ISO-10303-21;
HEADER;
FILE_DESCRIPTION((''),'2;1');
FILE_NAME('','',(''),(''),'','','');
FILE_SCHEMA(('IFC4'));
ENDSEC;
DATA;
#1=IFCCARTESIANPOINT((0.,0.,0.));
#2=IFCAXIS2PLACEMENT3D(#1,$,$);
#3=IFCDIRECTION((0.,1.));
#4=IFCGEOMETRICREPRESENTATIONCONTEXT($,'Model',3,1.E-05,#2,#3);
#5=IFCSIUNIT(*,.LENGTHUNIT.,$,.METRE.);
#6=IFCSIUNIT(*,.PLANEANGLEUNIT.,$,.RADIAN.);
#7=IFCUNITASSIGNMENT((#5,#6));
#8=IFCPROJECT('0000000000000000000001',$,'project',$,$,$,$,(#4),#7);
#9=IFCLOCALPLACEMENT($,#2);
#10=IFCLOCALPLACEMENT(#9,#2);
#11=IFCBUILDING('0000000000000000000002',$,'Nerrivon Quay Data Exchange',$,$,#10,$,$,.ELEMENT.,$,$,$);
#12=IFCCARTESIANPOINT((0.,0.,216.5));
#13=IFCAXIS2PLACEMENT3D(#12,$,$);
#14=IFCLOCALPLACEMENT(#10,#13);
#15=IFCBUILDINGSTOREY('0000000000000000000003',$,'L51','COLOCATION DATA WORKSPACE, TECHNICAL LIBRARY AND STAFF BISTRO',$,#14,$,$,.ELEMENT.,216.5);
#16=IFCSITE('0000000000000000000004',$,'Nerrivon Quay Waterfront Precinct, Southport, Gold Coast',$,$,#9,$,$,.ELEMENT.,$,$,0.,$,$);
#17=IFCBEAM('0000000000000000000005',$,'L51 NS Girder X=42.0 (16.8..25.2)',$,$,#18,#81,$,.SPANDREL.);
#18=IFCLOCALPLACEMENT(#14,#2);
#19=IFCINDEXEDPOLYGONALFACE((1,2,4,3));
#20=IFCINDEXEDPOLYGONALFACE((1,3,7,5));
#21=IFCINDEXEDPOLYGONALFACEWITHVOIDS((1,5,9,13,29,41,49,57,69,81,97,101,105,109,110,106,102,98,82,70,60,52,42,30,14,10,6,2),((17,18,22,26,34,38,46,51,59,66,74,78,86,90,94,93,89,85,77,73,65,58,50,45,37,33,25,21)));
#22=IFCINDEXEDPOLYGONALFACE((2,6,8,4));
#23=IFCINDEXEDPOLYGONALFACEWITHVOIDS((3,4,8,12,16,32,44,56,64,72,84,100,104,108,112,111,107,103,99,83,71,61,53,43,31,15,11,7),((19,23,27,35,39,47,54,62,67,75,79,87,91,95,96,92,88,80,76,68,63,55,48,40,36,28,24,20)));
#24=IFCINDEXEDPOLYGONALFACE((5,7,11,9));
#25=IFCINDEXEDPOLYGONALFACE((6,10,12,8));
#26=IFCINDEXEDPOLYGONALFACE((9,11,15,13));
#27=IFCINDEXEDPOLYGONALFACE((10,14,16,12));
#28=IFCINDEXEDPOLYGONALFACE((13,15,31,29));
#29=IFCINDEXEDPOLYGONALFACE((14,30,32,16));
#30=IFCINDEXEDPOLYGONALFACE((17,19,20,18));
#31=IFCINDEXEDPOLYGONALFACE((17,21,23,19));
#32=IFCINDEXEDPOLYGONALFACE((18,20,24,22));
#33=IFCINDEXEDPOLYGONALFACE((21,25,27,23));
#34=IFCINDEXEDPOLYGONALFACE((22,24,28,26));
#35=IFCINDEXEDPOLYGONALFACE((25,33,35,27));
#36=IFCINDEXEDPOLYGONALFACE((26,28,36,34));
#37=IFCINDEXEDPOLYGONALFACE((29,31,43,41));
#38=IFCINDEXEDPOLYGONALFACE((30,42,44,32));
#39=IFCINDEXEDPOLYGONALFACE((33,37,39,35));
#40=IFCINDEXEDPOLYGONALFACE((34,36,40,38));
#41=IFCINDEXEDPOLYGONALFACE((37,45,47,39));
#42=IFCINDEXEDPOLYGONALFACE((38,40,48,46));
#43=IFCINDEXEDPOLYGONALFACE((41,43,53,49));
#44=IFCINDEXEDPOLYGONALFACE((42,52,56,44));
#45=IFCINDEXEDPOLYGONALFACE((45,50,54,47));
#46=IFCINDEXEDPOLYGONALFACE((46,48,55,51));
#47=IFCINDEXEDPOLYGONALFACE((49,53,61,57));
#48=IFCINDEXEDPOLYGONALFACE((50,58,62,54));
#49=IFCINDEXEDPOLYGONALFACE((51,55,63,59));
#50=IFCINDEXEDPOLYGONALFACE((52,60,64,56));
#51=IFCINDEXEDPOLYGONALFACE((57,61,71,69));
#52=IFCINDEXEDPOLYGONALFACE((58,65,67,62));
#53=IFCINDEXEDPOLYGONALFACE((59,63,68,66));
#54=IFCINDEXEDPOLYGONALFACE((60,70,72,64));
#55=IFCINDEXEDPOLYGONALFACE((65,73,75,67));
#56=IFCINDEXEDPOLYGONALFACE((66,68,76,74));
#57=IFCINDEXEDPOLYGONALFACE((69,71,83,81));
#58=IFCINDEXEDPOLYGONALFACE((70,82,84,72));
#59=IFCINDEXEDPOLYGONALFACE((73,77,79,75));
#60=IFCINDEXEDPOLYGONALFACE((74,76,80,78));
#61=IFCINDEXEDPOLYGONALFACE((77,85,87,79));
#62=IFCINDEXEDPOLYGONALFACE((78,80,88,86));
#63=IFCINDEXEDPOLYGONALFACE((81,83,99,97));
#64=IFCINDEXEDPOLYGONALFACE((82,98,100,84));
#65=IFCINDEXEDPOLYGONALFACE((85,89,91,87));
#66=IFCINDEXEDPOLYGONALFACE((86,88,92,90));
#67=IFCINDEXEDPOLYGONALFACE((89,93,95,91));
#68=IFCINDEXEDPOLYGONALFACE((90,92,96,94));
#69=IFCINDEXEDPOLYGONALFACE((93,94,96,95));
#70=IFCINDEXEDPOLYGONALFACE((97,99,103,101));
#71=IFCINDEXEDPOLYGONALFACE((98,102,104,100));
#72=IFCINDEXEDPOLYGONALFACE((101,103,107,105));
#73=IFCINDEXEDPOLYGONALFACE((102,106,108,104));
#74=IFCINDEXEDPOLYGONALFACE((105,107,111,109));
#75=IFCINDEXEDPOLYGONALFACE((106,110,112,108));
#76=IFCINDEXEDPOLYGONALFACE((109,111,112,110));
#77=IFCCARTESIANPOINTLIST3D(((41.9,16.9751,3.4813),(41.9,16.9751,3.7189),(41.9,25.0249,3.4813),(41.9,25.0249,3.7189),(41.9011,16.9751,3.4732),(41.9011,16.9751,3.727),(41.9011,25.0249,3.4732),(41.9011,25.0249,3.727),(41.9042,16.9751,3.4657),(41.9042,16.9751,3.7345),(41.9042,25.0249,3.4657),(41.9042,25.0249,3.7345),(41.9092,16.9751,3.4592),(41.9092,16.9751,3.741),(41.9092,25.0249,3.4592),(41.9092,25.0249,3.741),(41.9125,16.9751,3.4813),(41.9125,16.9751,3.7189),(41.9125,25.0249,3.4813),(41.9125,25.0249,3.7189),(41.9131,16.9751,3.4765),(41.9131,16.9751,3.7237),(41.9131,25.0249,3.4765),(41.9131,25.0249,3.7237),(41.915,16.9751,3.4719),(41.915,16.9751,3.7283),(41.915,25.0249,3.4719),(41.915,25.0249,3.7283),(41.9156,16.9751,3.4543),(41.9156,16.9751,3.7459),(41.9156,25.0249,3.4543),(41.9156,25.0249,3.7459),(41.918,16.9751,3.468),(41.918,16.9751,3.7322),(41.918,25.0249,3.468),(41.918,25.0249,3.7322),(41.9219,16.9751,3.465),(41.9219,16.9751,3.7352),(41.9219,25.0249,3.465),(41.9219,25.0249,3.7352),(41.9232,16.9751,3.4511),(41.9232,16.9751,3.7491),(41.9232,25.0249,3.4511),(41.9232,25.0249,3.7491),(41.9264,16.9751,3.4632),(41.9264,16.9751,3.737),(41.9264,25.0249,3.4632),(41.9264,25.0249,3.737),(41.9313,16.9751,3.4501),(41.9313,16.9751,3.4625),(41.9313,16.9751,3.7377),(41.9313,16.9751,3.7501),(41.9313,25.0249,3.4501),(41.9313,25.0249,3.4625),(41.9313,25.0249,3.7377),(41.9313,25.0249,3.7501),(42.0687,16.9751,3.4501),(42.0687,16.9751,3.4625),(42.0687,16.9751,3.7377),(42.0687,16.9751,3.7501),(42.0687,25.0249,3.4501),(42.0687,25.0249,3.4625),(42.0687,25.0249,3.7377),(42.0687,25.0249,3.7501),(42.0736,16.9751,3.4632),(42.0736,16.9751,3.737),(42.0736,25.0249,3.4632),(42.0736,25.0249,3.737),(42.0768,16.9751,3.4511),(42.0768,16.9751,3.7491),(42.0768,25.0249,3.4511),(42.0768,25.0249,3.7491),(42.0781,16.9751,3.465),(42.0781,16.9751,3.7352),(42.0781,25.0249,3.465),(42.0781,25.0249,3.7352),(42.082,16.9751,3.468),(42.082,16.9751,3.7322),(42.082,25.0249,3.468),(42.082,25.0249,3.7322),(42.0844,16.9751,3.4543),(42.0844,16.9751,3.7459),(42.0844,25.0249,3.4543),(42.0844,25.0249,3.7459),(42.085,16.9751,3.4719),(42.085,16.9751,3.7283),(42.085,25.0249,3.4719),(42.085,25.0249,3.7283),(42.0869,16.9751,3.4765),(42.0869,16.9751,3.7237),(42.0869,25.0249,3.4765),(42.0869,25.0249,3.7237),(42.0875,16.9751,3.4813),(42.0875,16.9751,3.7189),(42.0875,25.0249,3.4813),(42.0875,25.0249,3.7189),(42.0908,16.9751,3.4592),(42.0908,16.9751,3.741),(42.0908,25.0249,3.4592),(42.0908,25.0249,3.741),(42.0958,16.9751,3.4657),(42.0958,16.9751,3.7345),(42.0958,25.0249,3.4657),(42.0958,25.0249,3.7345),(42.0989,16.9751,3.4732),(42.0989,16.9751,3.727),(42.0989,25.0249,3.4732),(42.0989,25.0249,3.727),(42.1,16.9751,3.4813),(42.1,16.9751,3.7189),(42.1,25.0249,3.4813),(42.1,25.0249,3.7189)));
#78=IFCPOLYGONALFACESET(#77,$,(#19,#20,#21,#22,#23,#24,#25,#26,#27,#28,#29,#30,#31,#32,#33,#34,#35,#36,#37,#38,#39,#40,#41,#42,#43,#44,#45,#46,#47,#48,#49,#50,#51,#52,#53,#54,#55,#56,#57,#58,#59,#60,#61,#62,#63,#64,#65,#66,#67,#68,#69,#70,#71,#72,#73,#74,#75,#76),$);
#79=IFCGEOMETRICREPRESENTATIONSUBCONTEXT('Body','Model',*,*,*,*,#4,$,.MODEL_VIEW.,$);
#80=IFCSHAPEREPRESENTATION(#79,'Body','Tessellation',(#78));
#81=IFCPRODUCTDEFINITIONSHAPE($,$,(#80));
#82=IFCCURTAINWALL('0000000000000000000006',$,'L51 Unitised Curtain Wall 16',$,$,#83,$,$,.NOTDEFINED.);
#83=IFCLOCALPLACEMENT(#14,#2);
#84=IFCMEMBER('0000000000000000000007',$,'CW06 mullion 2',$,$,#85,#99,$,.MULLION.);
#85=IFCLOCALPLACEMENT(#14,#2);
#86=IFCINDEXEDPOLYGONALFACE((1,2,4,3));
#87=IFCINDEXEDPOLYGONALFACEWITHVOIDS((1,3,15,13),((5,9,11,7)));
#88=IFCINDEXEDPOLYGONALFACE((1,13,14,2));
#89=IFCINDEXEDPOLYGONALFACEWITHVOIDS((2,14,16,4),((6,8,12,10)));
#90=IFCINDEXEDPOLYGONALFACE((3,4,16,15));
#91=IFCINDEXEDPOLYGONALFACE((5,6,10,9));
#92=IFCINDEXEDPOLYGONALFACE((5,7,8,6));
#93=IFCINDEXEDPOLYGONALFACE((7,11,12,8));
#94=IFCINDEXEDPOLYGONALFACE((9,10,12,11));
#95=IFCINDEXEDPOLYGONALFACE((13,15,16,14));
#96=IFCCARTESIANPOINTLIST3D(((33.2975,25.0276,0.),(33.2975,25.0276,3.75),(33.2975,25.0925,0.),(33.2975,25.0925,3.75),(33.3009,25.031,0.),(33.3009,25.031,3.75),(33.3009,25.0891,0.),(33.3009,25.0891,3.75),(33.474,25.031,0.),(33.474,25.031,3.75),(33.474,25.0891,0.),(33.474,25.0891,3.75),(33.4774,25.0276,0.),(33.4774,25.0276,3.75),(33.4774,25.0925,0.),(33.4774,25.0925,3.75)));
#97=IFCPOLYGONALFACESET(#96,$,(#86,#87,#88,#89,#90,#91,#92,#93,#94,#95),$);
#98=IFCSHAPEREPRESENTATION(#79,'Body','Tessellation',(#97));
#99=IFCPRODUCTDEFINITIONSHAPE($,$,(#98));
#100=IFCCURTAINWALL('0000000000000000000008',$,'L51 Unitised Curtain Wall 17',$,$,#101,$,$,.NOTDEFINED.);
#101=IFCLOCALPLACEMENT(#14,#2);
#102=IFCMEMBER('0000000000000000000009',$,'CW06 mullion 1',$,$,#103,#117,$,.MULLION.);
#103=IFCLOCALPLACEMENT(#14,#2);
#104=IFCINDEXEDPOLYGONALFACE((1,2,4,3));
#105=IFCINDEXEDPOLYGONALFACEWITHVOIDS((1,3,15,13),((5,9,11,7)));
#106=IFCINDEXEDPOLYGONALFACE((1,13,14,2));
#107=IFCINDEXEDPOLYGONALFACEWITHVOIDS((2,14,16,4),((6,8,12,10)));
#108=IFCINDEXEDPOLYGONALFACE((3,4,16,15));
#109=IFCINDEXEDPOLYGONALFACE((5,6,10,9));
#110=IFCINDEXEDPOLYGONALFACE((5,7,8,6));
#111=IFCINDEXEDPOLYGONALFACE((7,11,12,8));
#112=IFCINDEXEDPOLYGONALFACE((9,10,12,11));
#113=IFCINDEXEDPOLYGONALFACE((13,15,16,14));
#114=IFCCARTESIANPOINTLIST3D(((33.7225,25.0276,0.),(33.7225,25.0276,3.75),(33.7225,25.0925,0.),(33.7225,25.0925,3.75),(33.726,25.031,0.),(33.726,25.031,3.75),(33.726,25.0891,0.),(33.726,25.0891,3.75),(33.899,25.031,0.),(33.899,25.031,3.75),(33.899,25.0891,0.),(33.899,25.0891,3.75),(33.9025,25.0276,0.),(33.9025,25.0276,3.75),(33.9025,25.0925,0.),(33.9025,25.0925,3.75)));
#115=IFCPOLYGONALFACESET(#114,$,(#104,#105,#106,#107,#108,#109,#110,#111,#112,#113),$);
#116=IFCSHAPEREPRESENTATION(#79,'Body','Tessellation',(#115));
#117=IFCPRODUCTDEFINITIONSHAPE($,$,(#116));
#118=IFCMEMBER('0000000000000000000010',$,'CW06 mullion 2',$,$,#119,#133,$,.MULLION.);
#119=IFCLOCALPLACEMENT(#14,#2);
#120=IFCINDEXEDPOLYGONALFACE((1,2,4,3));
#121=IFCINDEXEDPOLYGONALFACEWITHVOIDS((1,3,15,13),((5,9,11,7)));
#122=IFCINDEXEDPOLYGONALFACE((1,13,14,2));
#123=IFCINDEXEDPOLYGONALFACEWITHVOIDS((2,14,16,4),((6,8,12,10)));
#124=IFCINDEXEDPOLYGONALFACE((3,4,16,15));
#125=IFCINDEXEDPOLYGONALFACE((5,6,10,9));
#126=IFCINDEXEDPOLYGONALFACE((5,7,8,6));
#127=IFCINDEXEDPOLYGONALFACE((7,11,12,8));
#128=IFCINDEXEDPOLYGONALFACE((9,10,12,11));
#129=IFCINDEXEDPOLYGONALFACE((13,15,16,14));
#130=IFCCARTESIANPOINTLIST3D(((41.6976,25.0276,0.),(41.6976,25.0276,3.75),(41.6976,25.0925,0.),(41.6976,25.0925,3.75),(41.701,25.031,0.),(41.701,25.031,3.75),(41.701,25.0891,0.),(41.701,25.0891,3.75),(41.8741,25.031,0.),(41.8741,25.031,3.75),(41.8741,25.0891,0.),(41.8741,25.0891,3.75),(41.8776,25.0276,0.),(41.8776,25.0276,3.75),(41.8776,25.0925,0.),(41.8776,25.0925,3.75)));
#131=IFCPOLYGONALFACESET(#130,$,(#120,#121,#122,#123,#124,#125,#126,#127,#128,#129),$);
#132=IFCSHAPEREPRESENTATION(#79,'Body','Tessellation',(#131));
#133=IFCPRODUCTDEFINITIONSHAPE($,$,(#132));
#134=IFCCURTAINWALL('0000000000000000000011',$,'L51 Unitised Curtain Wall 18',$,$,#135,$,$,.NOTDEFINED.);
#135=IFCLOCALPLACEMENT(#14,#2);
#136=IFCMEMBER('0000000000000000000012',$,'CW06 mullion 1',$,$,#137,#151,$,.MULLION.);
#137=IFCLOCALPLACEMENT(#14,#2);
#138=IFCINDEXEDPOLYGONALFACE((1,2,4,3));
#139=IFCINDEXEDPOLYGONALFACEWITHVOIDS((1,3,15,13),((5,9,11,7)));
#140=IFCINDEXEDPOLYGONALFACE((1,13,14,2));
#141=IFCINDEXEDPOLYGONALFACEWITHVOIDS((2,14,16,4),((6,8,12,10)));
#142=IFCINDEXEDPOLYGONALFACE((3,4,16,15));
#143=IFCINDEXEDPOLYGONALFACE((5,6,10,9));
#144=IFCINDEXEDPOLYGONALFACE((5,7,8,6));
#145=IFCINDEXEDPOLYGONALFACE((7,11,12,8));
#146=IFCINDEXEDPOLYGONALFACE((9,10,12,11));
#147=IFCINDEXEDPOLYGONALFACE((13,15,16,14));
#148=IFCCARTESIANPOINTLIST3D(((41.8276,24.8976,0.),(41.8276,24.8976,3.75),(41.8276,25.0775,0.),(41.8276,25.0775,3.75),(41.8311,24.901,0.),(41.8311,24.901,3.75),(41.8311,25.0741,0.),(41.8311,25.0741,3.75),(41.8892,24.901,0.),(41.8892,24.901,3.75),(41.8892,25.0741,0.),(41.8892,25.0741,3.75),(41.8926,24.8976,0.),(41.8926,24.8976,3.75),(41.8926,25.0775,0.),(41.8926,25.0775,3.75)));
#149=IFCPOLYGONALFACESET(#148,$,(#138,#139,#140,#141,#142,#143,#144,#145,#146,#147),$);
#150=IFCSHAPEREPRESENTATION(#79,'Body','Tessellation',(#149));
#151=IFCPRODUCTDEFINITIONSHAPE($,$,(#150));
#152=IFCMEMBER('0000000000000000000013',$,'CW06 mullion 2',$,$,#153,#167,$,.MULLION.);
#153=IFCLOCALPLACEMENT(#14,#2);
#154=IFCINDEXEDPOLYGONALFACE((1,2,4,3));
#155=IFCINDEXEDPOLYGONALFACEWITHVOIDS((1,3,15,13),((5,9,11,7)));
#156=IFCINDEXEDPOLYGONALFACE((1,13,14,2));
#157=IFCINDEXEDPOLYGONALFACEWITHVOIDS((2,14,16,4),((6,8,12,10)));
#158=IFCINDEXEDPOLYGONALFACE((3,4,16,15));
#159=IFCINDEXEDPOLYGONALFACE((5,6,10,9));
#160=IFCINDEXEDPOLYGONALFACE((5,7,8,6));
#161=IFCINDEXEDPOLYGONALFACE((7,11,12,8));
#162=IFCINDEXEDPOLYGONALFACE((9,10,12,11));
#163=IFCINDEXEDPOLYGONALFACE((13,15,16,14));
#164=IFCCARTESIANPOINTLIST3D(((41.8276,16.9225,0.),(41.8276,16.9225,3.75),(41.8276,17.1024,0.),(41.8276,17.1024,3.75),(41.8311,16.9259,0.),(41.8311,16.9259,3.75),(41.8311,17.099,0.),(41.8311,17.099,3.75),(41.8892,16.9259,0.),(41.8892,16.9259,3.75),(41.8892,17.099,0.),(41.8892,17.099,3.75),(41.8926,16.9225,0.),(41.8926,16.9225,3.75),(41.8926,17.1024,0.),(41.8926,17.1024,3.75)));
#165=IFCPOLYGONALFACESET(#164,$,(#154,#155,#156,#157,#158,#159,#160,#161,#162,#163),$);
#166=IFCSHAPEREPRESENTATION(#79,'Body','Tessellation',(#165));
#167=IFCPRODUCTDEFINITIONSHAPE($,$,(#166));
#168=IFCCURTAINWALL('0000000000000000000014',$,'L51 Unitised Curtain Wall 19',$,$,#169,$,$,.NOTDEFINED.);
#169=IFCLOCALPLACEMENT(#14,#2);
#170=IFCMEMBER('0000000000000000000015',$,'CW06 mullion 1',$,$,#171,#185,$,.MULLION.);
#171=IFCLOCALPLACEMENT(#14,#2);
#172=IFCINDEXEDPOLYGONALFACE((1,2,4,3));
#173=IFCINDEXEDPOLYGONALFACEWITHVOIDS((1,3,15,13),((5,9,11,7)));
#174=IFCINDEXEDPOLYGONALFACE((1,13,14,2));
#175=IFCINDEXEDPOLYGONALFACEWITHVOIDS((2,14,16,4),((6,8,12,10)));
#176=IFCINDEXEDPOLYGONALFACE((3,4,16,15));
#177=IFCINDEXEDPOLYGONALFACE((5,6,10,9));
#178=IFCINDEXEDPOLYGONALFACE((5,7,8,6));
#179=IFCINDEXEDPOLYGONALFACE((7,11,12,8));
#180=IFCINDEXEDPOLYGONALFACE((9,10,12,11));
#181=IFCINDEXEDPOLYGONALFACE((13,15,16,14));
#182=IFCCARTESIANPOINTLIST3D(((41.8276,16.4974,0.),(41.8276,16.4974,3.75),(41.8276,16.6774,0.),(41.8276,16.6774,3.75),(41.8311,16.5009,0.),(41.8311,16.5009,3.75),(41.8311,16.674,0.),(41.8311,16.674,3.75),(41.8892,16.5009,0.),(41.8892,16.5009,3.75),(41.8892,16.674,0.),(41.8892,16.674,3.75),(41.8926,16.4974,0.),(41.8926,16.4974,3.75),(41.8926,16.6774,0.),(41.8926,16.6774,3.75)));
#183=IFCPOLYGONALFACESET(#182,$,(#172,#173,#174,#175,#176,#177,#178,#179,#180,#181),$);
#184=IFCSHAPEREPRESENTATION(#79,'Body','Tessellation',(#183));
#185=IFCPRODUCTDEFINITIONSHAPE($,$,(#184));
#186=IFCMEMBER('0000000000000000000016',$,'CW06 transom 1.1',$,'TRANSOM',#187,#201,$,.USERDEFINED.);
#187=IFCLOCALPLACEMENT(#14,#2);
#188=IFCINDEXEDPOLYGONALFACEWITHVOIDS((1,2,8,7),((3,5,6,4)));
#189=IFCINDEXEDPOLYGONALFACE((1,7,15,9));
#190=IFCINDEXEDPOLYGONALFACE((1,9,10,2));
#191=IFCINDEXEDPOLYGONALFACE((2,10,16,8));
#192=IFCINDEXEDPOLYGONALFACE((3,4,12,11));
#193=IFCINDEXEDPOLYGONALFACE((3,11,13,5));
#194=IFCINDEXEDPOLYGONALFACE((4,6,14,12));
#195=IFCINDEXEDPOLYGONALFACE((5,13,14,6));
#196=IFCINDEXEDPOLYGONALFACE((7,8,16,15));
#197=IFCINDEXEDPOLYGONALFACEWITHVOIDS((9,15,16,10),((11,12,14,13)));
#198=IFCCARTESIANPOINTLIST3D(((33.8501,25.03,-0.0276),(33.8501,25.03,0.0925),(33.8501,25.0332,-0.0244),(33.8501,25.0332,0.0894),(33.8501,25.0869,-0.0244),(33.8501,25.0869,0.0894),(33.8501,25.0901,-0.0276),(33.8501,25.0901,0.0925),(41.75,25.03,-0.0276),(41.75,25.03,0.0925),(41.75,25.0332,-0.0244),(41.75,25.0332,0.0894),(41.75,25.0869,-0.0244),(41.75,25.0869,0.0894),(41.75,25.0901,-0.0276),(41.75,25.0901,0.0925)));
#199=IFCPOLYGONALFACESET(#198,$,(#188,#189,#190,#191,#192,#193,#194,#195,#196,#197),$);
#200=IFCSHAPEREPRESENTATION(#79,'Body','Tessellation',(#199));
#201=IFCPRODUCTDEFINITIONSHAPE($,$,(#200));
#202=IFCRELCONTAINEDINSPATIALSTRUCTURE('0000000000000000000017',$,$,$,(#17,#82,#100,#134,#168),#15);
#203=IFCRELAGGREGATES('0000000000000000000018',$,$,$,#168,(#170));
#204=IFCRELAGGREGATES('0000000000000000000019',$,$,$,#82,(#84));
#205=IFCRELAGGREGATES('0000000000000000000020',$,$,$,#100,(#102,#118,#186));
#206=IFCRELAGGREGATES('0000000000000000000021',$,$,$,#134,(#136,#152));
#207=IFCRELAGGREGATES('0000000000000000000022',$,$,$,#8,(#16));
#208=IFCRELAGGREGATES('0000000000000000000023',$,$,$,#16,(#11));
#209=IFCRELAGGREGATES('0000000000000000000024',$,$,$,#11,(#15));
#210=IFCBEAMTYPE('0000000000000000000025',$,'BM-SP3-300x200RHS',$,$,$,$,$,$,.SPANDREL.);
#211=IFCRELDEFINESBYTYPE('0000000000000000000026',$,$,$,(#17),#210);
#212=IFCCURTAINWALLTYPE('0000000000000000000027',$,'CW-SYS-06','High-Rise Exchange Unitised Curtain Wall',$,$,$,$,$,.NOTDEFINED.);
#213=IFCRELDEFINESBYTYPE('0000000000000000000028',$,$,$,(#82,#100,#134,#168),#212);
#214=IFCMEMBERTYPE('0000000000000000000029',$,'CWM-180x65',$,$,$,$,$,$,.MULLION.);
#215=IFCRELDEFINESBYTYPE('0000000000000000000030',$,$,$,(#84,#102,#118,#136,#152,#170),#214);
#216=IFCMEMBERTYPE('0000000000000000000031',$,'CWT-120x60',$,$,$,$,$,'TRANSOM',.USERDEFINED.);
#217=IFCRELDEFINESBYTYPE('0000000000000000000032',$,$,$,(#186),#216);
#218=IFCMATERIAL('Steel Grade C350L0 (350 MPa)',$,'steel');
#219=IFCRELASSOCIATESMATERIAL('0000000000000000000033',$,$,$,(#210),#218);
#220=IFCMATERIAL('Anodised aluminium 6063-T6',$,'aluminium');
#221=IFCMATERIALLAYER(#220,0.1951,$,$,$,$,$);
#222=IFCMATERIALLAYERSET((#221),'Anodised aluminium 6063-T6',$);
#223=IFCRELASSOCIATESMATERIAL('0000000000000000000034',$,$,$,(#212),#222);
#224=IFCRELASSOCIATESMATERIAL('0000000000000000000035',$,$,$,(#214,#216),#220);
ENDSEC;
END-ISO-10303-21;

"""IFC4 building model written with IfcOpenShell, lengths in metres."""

from ifc_helpers import new_model, si_unit, direction, frame, origin, origin_2d, place, context, subcontext, project, spatial, hollow_rectangle, extrude, material, layer, layer_set, material_profile, profile_set, type_object, element, aggregate, save


model = new_model("IFC4")

# Units and contexts
model_context = context("Model", 3, precision=1e-05, world=origin(), true_north=direction((0.0, 1.0)))
body_context = subcontext(model_context, "Body", "Model", "MODEL_VIEW")
ifc_project = project(units=[si_unit("LENGTHUNIT", "METRE"), si_unit("PLANEANGLEUNIT", "RADIAN")], contexts=[model_context])

# Site, building, storey
site_placement = place(None, origin())
site = spatial("IfcSite", under=ifc_project, at=site_placement, Name="Nerrivon Quay Waterfront Precinct, Southport, Gold Coast", CompositionType="ELEMENT", RefElevation=0.0)
building_placement = place(site_placement, origin())
building = spatial("IfcBuilding", under=site, at=building_placement, Name="Nerrivon Quay Data Exchange", CompositionType="ELEMENT")
storey_placement = place(building_placement, frame((0.0, 0.0, 216.5)))
storey = spatial("IfcBuildingStorey", under=building, at=storey_placement, Name="L51", Description="COLOCATION DATA WORKSPACE, TECHNICAL LIBRARY AND STAFF BISTRO", CompositionType="ELEMENT", Elevation=216.5)

# Beam
ifc_material_1 = material(Name="Steel Grade C350L0 (350 MPa)", Category="steel")
ifc_material_profile_1 = material_profile(ifc_material_1, hollow_rectangle(XDim=0.2, YDim=0.3, WallThickness=0.0125, InnerFilletRadius=0.0188, OuterFilletRadius=0.0312, at=origin_2d()), Name="300x200x12.5RHS")
ifc_profile_set_1 = profile_set([ifc_material_profile_1], Name="Steel Grade C350L0 (350 MPa)")
beam_type_1 = type_object("IfcBeamType", Name="BM-SP3-300x200RHS", PredefinedType="SPANDREL", material=ifc_profile_set_1)
beam_1_placement = place(storey_placement, frame((42.0, 16.9751, 3.6001), z_axis=(0.0, 1.0, 0.0), x_axis=(-1.0, 0.0, 0.0)))
element("IfcBeam", 1, at=beam_1_placement, inside=storey, type_object=beam_type_1, Name="L51 NS Girder X=42.0 (16.8..25.2)", PredefinedType="SPANDREL", context=body_context, shape_type="SweptSolid", body=[
    extrude(hollow_rectangle(XDim=0.2, YDim=0.3, WallThickness=0.0125, InnerFilletRadius=0.0188, OuterFilletRadius=0.0312, at=origin_2d()), origin(), (0.0, 0.0, 1.0), 8.0498),
])

# Curtain wall, member
ifc_material_2 = material(Name="Anodised aluminium 6063-T6", Category="aluminium")
ifc_layer_1 = layer(ifc_material_2, 0.1951)
ifc_layer_set_1 = layer_set([ifc_layer_1], Name="Anodised aluminium 6063-T6")
curtain_wall_type = type_object("IfcCurtainWallType", Name="CW-SYS-06", Description="High-Rise Exchange Unitised Curtain Wall", PredefinedType="NOTDEFINED", material=ifc_layer_set_1)
curtain_wall_1_placement = place(storey_placement, origin())
curtain_wall_1 = element("IfcCurtainWall", 2, at=curtain_wall_1_placement, inside=storey, type_object=curtain_wall_type, Name="L51 Unitised Curtain Wall 16", PredefinedType="NOTDEFINED")
ifc_material_profile_2 = material_profile(ifc_material_2, hollow_rectangle(XDim=0.0649, YDim=0.1799, WallThickness=0.0034, at=origin_2d()), Name="ALU-MULL-180x65")
ifc_profile_set_2 = profile_set([ifc_material_profile_2], Name="Anodised aluminium 6063-T6")
member_type_1 = type_object("IfcMemberType", Name="CWM-180x65", PredefinedType="MULLION", material=ifc_profile_set_2)
member_1_placement = place(storey_placement, frame((33.3875, 25.0601, 0.0), z_axis=(0.0, 0.0, 1.0), x_axis=(0.0, 1.0, 0.0)))
member_1 = element("IfcMember", 3, at=member_1_placement, type_object=member_type_1, Name="CW06 mullion 2", PredefinedType="MULLION", context=body_context, shape_type="SweptSolid", body=[
    extrude(hollow_rectangle(XDim=0.0649, YDim=0.1799, WallThickness=0.0034, at=origin_2d()), origin(), (0.0, 0.0, 1.0), 3.75),
])

# Curtain walls, members
curtain_wall_2_placement = place(storey_placement, origin())
curtain_wall_2 = element("IfcCurtainWall", 4, at=curtain_wall_2_placement, inside=storey, type_object=curtain_wall_type, Name="L51 Unitised Curtain Wall 17", PredefinedType="NOTDEFINED")
member_2_placement = place(storey_placement, frame((33.8125, 25.0601, 0.0), z_axis=(0.0, 0.0, 1.0), x_axis=(0.0, 1.0, 0.0)))
member_2 = element("IfcMember", 5, at=member_2_placement, type_object=member_type_1, Name="CW06 mullion 1", PredefinedType="MULLION", context=body_context, shape_type="SweptSolid", body=[
    extrude(hollow_rectangle(XDim=0.0649, YDim=0.1799, WallThickness=0.0034, at=origin_2d()), origin(), (0.0, 0.0, 1.0), 3.75),
])
member_3_placement = place(storey_placement, frame((41.7876, 25.0601, 0.0), z_axis=(0.0, 0.0, 1.0), x_axis=(0.0, 1.0, 0.0)))
member_3 = element("IfcMember", 6, at=member_3_placement, type_object=member_type_1, Name="CW06 mullion 2", PredefinedType="MULLION", context=body_context, shape_type="SweptSolid", body=[
    extrude(hollow_rectangle(XDim=0.0649, YDim=0.1799, WallThickness=0.0034, at=origin_2d()), origin(), (0.0, 0.0, 1.0), 3.75),
])
curtain_wall_3_placement = place(storey_placement, origin())
curtain_wall_3 = element("IfcCurtainWall", 7, at=curtain_wall_3_placement, inside=storey, type_object=curtain_wall_type, Name="L51 Unitised Curtain Wall 18", PredefinedType="NOTDEFINED")
member_4_placement = place(storey_placement, frame((41.8601, 24.9875, 0.0), z_axis=(0.0, 0.0, 1.0), x_axis=(1.0, 0.0, 0.0)))
member_4 = element("IfcMember", 8, at=member_4_placement, type_object=member_type_1, Name="CW06 mullion 1", PredefinedType="MULLION", context=body_context, shape_type="SweptSolid", body=[
    extrude(hollow_rectangle(XDim=0.0649, YDim=0.1799, WallThickness=0.0034, at=origin_2d()), origin(), (0.0, 0.0, 1.0), 3.75),
])
member_5_placement = place(storey_placement, frame((41.8601, 17.0125, 0.0), z_axis=(0.0, 0.0, 1.0), x_axis=(1.0, 0.0, 0.0)))
member_5 = element("IfcMember", 9, at=member_5_placement, type_object=member_type_1, Name="CW06 mullion 2", PredefinedType="MULLION", context=body_context, shape_type="SweptSolid", body=[
    extrude(hollow_rectangle(XDim=0.0649, YDim=0.1799, WallThickness=0.0034, at=origin_2d()), origin(), (0.0, 0.0, 1.0), 3.75),
])

# Curtain wall, member
curtain_wall_4_placement = place(storey_placement, origin())
curtain_wall_4 = element("IfcCurtainWall", 10, at=curtain_wall_4_placement, inside=storey, type_object=curtain_wall_type, Name="L51 Unitised Curtain Wall 19", PredefinedType="NOTDEFINED")
member_6_placement = place(storey_placement, frame((41.8601, 16.5874, 0.0), z_axis=(0.0, 0.0, 1.0), x_axis=(1.0, 0.0, 0.0)))
member_6 = element("IfcMember", 11, at=member_6_placement, type_object=member_type_1, Name="CW06 mullion 1", PredefinedType="MULLION", context=body_context, shape_type="SweptSolid", body=[
    extrude(hollow_rectangle(XDim=0.0649, YDim=0.1799, WallThickness=0.0034, at=origin_2d()), origin(), (0.0, 0.0, 1.0), 3.75),
])
aggregate(curtain_wall_4, [member_6])

# Member
ifc_material_profile_3 = material_profile(ifc_material_2, hollow_rectangle(XDim=0.0601, YDim=0.1201, WallThickness=0.0032, at=origin_2d()), Name="ALU-TRAN-120x60")
ifc_profile_set_3 = profile_set([ifc_material_profile_3], Name="Anodised aluminium 6063-T6")
member_type_2 = type_object("IfcMemberType", Name="CWT-120x60", ElementType="TRANSOM", PredefinedType="USERDEFINED", material=ifc_profile_set_3)
member_7_placement = place(storey_placement, frame((33.8501, 25.0601, 0.0325), z_axis=(1.0, 0.0, 0.0), x_axis=(0.0, 1.0, 0.0)))
member_7 = element("IfcMember", 12, at=member_7_placement, type_object=member_type_2, Name="CW06 transom 1.1", ObjectType="TRANSOM", PredefinedType="USERDEFINED", context=body_context, shape_type="SweptSolid", body=[
    extrude(hollow_rectangle(XDim=0.0601, YDim=0.1201, WallThickness=0.0032, at=origin_2d()), origin(), (0.0, 0.0, 1.0), 7.8999),
])

aggregate(curtain_wall_1, [member_1])
aggregate(curtain_wall_2, [member_2, member_3, member_7])
aggregate(curtain_wall_3, [member_4, member_5])

save(model, "model.ifc")
